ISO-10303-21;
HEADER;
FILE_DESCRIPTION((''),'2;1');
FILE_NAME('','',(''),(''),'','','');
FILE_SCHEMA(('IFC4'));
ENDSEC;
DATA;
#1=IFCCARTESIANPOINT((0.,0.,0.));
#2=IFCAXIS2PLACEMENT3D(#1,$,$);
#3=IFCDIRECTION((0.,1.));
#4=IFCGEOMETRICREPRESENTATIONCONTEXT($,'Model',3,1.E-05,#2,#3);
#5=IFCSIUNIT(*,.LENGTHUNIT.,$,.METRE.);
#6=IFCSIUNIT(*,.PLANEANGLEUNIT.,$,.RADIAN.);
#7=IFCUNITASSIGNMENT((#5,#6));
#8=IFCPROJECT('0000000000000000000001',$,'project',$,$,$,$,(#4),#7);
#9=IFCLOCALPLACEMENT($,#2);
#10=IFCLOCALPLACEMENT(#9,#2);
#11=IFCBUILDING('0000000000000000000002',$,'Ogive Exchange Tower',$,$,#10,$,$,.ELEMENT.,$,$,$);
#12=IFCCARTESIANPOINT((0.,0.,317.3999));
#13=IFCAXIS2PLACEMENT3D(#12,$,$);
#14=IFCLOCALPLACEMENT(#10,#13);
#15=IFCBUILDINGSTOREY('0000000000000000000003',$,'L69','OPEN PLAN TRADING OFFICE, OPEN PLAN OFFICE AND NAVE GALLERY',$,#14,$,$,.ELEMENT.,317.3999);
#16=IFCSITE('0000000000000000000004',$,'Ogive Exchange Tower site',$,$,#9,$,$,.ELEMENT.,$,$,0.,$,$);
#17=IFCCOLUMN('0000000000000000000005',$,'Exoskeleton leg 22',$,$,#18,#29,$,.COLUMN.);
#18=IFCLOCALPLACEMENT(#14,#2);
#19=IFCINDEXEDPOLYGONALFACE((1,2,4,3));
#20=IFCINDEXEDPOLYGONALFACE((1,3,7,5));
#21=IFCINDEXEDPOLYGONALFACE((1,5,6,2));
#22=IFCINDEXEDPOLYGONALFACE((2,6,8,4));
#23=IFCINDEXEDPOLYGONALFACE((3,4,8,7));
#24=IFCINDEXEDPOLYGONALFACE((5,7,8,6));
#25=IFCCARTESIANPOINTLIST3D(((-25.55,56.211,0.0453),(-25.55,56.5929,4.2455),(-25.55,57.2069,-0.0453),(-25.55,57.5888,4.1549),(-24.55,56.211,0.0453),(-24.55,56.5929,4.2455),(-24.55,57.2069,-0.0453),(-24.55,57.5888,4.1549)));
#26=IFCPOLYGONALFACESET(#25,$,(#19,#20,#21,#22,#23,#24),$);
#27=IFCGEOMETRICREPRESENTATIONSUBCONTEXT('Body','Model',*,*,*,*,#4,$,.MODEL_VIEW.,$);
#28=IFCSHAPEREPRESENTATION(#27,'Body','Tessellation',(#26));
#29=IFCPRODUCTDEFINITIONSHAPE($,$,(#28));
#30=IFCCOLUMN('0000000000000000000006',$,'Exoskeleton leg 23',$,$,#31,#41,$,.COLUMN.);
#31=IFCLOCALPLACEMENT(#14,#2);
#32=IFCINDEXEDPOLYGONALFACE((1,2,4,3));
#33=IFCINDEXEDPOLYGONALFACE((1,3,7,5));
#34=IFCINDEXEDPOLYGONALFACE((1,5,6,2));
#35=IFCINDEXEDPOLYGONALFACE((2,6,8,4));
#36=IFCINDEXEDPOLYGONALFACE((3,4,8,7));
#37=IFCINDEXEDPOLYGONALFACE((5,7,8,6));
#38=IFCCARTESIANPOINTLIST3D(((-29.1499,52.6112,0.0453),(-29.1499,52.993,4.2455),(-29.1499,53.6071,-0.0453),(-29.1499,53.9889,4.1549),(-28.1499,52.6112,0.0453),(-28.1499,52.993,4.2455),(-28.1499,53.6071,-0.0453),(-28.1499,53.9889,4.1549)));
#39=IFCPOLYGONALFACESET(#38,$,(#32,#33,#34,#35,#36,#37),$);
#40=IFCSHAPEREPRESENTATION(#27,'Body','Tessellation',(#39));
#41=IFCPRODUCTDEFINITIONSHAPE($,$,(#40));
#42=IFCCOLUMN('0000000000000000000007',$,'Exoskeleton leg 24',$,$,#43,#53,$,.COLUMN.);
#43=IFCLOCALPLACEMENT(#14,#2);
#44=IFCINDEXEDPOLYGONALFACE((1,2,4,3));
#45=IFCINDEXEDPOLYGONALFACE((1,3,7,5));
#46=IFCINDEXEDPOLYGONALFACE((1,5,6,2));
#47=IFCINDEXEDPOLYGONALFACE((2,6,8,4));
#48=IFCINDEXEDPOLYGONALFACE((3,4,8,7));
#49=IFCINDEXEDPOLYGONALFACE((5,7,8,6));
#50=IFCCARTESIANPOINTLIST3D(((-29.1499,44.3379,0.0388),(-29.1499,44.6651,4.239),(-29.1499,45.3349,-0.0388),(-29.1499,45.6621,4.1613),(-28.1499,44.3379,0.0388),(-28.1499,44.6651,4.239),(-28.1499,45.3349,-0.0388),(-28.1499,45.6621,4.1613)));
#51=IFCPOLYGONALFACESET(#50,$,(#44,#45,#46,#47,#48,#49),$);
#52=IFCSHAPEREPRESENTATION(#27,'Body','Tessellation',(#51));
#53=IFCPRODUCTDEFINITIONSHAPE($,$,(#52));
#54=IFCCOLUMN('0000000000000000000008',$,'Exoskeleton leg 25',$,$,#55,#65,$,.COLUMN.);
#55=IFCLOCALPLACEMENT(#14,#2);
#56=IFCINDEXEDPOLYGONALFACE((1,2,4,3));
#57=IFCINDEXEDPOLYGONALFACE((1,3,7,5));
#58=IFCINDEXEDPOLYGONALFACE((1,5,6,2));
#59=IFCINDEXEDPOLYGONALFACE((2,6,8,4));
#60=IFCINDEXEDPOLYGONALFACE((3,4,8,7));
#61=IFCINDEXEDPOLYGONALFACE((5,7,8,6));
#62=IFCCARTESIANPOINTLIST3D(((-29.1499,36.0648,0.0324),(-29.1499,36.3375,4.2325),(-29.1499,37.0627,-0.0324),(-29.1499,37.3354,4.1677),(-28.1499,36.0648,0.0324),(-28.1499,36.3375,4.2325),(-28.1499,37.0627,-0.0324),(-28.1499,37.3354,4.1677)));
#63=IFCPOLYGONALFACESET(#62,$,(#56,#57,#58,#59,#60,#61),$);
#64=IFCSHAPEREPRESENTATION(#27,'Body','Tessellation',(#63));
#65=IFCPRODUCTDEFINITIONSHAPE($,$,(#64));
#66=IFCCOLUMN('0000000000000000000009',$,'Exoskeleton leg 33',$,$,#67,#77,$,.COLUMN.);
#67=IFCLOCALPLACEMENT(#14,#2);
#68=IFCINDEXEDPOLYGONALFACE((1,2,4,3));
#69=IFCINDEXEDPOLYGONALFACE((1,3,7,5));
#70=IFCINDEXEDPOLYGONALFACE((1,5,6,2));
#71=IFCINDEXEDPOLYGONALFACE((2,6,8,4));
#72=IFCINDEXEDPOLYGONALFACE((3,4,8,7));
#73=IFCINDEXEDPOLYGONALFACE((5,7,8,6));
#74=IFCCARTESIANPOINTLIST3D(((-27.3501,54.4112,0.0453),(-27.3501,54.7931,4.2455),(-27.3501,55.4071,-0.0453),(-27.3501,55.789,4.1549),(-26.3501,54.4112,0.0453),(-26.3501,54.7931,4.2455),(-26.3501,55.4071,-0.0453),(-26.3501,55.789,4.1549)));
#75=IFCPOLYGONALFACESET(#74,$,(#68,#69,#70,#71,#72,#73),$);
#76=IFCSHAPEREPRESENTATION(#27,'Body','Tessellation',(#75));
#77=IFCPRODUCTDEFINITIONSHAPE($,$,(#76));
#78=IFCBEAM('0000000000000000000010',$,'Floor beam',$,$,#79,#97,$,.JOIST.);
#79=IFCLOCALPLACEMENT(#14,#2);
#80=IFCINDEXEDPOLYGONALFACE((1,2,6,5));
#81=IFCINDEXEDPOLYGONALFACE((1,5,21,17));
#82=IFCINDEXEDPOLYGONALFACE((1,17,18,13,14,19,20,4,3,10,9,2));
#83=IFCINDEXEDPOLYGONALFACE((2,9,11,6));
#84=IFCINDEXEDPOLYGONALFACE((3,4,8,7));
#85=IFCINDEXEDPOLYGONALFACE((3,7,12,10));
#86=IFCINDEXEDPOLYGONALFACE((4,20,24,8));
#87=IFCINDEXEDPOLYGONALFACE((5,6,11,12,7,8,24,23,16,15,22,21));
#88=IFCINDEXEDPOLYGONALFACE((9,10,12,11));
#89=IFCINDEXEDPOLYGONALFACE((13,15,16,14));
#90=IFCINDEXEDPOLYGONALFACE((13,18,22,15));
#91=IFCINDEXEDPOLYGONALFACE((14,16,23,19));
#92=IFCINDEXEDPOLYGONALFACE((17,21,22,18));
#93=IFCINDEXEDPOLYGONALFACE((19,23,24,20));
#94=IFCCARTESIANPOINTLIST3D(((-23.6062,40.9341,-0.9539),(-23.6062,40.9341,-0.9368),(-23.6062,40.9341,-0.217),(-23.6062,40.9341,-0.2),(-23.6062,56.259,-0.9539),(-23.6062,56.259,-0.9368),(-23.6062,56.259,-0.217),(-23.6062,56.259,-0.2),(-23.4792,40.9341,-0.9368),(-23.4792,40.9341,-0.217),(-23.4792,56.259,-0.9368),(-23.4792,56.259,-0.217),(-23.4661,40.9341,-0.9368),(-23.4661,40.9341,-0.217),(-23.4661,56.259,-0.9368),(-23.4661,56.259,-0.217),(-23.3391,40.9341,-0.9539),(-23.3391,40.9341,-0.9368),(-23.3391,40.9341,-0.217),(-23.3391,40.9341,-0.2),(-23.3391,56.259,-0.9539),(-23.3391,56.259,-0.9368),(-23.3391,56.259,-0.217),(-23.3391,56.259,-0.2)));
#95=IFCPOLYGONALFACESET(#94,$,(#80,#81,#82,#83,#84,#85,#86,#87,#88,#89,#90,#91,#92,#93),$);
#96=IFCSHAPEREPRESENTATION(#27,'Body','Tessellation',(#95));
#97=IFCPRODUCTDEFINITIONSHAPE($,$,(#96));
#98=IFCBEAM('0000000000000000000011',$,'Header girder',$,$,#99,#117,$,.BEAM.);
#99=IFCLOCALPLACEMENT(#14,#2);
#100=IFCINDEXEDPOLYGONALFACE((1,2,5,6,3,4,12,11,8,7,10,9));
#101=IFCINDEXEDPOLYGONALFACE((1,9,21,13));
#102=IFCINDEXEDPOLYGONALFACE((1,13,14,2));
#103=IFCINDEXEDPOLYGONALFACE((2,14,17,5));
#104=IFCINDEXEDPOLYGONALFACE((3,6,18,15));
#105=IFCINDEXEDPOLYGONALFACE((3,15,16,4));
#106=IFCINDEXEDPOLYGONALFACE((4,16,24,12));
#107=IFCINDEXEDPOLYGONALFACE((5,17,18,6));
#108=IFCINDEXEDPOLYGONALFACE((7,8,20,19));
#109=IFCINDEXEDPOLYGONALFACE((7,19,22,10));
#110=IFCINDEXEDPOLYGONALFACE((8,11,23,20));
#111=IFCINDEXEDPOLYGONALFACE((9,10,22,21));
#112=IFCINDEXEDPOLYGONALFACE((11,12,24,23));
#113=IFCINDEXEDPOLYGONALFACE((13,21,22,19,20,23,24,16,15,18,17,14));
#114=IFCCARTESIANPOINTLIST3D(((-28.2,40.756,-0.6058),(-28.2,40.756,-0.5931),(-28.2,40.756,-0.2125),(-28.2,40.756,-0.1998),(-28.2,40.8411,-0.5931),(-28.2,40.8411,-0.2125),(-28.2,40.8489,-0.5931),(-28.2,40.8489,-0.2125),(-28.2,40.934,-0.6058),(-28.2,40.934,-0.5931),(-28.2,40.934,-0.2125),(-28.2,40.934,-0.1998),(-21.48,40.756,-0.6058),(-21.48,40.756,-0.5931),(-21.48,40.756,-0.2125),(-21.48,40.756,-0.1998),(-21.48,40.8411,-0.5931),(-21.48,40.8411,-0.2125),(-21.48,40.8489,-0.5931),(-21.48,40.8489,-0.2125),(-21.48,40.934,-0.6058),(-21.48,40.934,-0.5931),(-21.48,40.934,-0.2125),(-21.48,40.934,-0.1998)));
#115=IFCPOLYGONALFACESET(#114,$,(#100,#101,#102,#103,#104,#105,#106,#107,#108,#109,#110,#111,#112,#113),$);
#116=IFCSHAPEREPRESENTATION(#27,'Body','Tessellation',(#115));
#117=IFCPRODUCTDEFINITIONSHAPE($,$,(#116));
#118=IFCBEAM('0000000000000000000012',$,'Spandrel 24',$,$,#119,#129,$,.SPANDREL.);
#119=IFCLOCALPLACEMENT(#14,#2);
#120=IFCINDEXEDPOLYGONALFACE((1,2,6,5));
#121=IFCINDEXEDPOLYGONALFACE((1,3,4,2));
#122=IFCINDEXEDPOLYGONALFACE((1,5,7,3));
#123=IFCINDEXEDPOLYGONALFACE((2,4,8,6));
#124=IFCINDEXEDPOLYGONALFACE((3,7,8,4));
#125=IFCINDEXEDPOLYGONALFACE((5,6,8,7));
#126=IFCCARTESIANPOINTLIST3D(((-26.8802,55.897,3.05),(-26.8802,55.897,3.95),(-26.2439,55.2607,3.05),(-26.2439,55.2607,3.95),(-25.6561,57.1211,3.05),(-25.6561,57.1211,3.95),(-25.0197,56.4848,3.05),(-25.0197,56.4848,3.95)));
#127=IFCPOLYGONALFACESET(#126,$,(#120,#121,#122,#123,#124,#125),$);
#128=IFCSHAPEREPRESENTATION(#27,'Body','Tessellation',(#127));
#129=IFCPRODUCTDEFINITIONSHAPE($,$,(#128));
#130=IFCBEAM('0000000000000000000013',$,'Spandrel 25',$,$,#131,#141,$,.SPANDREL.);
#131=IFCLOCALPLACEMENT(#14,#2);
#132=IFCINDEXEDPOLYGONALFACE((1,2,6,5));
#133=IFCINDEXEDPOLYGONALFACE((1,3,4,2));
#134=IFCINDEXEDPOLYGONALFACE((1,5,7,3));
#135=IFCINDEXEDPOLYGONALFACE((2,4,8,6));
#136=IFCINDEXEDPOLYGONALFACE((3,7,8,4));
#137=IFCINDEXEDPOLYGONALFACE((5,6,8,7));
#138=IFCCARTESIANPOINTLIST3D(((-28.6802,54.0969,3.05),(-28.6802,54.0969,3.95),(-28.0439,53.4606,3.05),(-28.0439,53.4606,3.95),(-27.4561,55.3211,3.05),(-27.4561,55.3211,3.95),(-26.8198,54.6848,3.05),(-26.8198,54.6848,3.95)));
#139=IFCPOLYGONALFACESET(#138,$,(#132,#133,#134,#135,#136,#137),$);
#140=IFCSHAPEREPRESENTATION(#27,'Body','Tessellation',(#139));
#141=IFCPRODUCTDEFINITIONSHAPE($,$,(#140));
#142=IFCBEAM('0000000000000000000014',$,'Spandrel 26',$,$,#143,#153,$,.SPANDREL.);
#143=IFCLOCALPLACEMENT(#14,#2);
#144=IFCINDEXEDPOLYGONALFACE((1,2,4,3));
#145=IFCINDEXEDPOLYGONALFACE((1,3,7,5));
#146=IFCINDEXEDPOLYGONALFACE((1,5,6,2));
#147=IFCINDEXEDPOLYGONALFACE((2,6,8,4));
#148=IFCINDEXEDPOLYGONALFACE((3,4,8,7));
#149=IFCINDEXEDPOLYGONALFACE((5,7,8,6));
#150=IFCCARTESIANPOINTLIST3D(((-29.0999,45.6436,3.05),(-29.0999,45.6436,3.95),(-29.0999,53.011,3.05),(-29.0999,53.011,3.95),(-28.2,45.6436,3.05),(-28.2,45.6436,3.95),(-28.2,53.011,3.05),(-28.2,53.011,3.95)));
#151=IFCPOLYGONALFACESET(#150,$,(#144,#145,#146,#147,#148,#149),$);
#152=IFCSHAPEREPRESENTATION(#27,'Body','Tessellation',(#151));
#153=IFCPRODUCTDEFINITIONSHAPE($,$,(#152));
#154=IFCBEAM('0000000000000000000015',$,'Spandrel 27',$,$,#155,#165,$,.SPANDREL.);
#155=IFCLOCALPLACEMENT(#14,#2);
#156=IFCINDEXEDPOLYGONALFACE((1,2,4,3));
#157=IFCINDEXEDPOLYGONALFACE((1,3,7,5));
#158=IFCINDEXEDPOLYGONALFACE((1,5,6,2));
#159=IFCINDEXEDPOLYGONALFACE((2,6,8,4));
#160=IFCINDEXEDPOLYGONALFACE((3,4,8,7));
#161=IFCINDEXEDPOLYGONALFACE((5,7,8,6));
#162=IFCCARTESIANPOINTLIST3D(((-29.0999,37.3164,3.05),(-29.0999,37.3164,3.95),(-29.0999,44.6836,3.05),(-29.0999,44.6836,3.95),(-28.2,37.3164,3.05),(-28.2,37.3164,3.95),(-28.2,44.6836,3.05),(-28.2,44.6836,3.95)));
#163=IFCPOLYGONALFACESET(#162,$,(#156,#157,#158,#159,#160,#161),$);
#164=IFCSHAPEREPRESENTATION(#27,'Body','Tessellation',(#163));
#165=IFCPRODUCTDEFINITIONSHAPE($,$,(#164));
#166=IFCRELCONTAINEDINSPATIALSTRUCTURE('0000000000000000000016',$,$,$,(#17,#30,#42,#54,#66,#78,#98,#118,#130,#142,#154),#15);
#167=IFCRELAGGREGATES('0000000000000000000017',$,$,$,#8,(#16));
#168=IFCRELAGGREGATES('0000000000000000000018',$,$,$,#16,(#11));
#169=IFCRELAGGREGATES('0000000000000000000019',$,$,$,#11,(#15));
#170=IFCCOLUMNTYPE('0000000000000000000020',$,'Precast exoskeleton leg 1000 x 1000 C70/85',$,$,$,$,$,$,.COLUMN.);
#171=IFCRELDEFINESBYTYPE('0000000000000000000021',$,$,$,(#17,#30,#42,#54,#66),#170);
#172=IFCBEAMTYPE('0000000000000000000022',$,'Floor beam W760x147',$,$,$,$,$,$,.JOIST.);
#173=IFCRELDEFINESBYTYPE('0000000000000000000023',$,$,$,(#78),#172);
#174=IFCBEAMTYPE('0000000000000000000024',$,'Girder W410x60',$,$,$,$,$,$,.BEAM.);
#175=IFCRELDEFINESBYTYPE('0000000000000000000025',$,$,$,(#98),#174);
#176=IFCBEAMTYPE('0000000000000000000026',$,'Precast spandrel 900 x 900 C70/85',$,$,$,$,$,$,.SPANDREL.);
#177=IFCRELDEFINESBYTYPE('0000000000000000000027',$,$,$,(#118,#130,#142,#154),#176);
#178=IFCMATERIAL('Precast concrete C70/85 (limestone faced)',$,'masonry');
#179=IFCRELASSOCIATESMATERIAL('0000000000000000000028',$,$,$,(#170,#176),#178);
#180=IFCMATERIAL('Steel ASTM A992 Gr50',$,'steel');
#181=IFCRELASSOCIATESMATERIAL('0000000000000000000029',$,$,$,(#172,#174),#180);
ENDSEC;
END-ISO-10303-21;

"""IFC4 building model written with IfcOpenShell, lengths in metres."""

from ifc_helpers import new_model, si_unit, direction, frame, origin, origin_2d, place, context, subcontext, project, spatial, rectangle, i_section, extrude, material, material_profile, profile_set, type_object, element, save


model = new_model("IFC4")

# Units and contexts
model_context = context("Model", 3, precision=1e-05, world=origin(), true_north=direction((0.0, 1.0)))
body_context = subcontext(model_context, "Body", "Model", "MODEL_VIEW")
ifc_project = project(units=[si_unit("LENGTHUNIT", "METRE"), si_unit("PLANEANGLEUNIT", "RADIAN")], contexts=[model_context])

# Site, building, storey
site_placement = place(None, origin())
site = spatial("IfcSite", under=ifc_project, at=site_placement, Name="Ogive Exchange Tower site", CompositionType="ELEMENT", RefElevation=0.0)
building_placement = place(site_placement, origin())
building = spatial("IfcBuilding", under=site, at=building_placement, Name="Ogive Exchange Tower", CompositionType="ELEMENT")
storey_placement = place(building_placement, frame((0.0, 0.0, 317.3999)))
storey = spatial("IfcBuildingStorey", under=building, at=storey_placement, Name="L69", Description="OPEN PLAN TRADING OFFICE, OPEN PLAN OFFICE AND NAVE GALLERY", CompositionType="ELEMENT", Elevation=317.3999)

# Columns
ifc_material_1 = material(Name="Precast concrete C70/85 (limestone faced)", Category="masonry")
ifc_material_profile_1 = material_profile(ifc_material_1, rectangle(XDim=1.0, YDim=1.0, at=origin_2d()), Name="1000 x 1000")
ifc_profile_set_1 = profile_set([ifc_material_profile_1], Name="Precast concrete C70/85 (limestone faced)")
column_type = type_object("IfcColumnType", Name="Precast exoskeleton leg 1000 x 1000 C70/85", PredefinedType="COLUMN", material=ifc_profile_set_1)
for number, where, z_axis, x_axis, name in (
    (1, (-25.05, 56.709, 0.0), (0.0, 0.090536, 0.995893), (-1.0, 0.0, 0.0), "Exoskeleton leg 22"),
    (2, (-28.6499, 53.1091, 0.0), (0.0, 0.090536, 0.995893), (-1.0, 0.0, 0.0), "Exoskeleton leg 23"),
):
    element("IfcColumn", number, at=place(storey_placement, frame(where, z_axis=z_axis, x_axis=x_axis)), inside=storey, type_object=column_type, Name=name, PredefinedType="COLUMN", context=body_context, shape_type="SweptSolid", body=[
        extrude(rectangle(XDim=1.0, YDim=1.0, at=origin_2d()), origin(), (0.0, 0.0, 1.0), 4.2175),
    ])
column_1_placement = place(storey_placement, frame((-28.6499, 44.8364, 0.0), z_axis=(0.0, 0.077654, 0.99698), x_axis=(-1.0, 0.0, 0.0)))
element("IfcColumn", 3, at=column_1_placement, inside=storey, type_object=column_type, Name="Exoskeleton leg 24", PredefinedType="COLUMN", context=body_context, shape_type="SweptSolid", body=[
    extrude(rectangle(XDim=1.0, YDim=1.0, at=origin_2d()), origin(), (0.0, 0.0, 1.0), 4.2129),
])
column_2_placement = place(storey_placement, frame((-28.6499, 36.5637, 0.0), z_axis=(0.0, 0.06479, 0.997899), x_axis=(-1.0, 0.0, 0.0)))
element("IfcColumn", 4, at=column_2_placement, inside=storey, type_object=column_type, Name="Exoskeleton leg 25", PredefinedType="COLUMN", context=body_context, shape_type="SweptSolid", body=[
    extrude(rectangle(XDim=1.0, YDim=1.0, at=origin_2d()), origin(), (0.0, 0.0, 1.0), 4.209),
])
column_3_placement = place(storey_placement, frame((-26.8501, 54.9092, 0.0), z_axis=(0.0, 0.090536, 0.995893), x_axis=(-1.0, 0.0, 0.0)))
element("IfcColumn", 5, at=column_3_placement, inside=storey, type_object=column_type, Name="Exoskeleton leg 33", PredefinedType="COLUMN", context=body_context, shape_type="SweptSolid", body=[
    extrude(rectangle(XDim=1.0, YDim=1.0, at=origin_2d()), origin(), (0.0, 0.0, 1.0), 4.2175),
])

# Beams
ifc_material_2 = material(Name="Steel ASTM A992 Gr50", Category="steel")
ifc_material_profile_2 = material_profile(ifc_material_2, i_section(OverallWidth=0.2671, OverallDepth=0.7539, WebThickness=0.0132, FlangeThickness=0.0171, at=origin_2d()), Name="W760x147")
ifc_profile_set_2 = profile_set([ifc_material_profile_2], Name="Steel ASTM A992 Gr50")
beam_type_1 = type_object("IfcBeamType", Name="Floor beam W760x147", PredefinedType="JOIST", material=ifc_profile_set_2)
beam_1_placement = place(storey_placement, frame((-23.4727, 40.9341, -0.5769), z_axis=(0.0, 1.0, 0.0), x_axis=(-1.0, 0.0, 0.0)))
element("IfcBeam", 6, at=beam_1_placement, inside=storey, type_object=beam_type_1, Name="Floor beam", PredefinedType="JOIST", context=body_context, shape_type="SweptSolid", body=[
    extrude(i_section(OverallWidth=0.2671, OverallDepth=0.7539, WebThickness=0.0132, FlangeThickness=0.0171, at=origin_2d()), origin(), (0.0, 0.0, 1.0), 15.325),
])
ifc_material_profile_3 = material_profile(ifc_material_2, i_section(OverallWidth=0.178, OverallDepth=0.406, WebThickness=0.0078, FlangeThickness=0.0127, at=origin_2d()), Name="W410x60")
ifc_profile_set_3 = profile_set([ifc_material_profile_3], Name="Steel ASTM A992 Gr50")
beam_type_2 = type_object("IfcBeamType", Name="Girder W410x60", PredefinedType="BEAM", material=ifc_profile_set_3)
beam_2_placement = place(storey_placement, frame((-28.2, 40.845, -0.4028), z_axis=(1.0, 0.0, 0.0), x_axis=(0.0, 1.0, 0.0)))
element("IfcBeam", 7, at=beam_2_placement, inside=storey, type_object=beam_type_2, Name="Header girder", PredefinedType="BEAM", context=body_context, shape_type="SweptSolid", body=[
    extrude(i_section(OverallWidth=0.178, OverallDepth=0.406, WebThickness=0.0078, FlangeThickness=0.0127, at=origin_2d()), origin(), (0.0, 0.0, 1.0), 6.72),
])
ifc_material_profile_4 = material_profile(ifc_material_1, rectangle(XDim=0.8999, YDim=0.8999, at=origin_2d()), Name="900 x 900")
ifc_profile_set_4 = profile_set([ifc_material_profile_4], Name="Precast concrete C70/85 (limestone faced)")
beam_type_3 = type_object("IfcBeamType", Name="Precast spandrel 900 x 900 C70/85", PredefinedType="SPANDREL", material=ifc_profile_set_4)
for number, where, z_axis, x_axis, name in (
    (8, (-25.3379, 56.803, 3.5), (-0.707107, -0.707107, 0.0), (0.707107, -0.707107, 0.0), "Spandrel 24"),
    (9, (-27.1379, 55.0029, 3.5), (-0.707107, -0.707107, 0.0), (0.707107, -0.707107, 0.0), "Spandrel 25"),
):
    element("IfcBeam", number, at=place(storey_placement, frame(where, z_axis=z_axis, x_axis=x_axis)), inside=storey, type_object=beam_type_3, Name=name, PredefinedType="SPANDREL", context=body_context, shape_type="SweptSolid", body=[
        extrude(rectangle(XDim=0.8999, YDim=0.8999, at=origin_2d()), origin(), (0.0, 0.0, 1.0), 1.7312),
    ])
beam_3_placement = place(storey_placement, frame((-28.6499, 53.011, 3.5), z_axis=(0.0, -1.0, 0.0), x_axis=(1.0, 0.0, 0.0)))
element("IfcBeam", 10, at=beam_3_placement, inside=storey, type_object=beam_type_3, Name="Spandrel 26", PredefinedType="SPANDREL", context=body_context, shape_type="SweptSolid", body=[
    extrude(rectangle(XDim=0.8999, YDim=0.8999, at=origin_2d()), origin(), (0.0, 0.0, 1.0), 7.3674),
])
beam_4_placement = place(storey_placement, frame((-28.6499, 44.6836, 3.5), z_axis=(0.0, -1.0, 0.0), x_axis=(1.0, 0.0, 0.0)))
element("IfcBeam", 11, at=beam_4_placement, inside=storey, type_object=beam_type_3, Name="Spandrel 27", PredefinedType="SPANDREL", context=body_context, shape_type="SweptSolid", body=[
    extrude(rectangle(XDim=0.8999, YDim=0.8999, at=origin_2d()), origin(), (0.0, 0.0, 1.0), 7.3672),
])

save(model, "model.ifc")
